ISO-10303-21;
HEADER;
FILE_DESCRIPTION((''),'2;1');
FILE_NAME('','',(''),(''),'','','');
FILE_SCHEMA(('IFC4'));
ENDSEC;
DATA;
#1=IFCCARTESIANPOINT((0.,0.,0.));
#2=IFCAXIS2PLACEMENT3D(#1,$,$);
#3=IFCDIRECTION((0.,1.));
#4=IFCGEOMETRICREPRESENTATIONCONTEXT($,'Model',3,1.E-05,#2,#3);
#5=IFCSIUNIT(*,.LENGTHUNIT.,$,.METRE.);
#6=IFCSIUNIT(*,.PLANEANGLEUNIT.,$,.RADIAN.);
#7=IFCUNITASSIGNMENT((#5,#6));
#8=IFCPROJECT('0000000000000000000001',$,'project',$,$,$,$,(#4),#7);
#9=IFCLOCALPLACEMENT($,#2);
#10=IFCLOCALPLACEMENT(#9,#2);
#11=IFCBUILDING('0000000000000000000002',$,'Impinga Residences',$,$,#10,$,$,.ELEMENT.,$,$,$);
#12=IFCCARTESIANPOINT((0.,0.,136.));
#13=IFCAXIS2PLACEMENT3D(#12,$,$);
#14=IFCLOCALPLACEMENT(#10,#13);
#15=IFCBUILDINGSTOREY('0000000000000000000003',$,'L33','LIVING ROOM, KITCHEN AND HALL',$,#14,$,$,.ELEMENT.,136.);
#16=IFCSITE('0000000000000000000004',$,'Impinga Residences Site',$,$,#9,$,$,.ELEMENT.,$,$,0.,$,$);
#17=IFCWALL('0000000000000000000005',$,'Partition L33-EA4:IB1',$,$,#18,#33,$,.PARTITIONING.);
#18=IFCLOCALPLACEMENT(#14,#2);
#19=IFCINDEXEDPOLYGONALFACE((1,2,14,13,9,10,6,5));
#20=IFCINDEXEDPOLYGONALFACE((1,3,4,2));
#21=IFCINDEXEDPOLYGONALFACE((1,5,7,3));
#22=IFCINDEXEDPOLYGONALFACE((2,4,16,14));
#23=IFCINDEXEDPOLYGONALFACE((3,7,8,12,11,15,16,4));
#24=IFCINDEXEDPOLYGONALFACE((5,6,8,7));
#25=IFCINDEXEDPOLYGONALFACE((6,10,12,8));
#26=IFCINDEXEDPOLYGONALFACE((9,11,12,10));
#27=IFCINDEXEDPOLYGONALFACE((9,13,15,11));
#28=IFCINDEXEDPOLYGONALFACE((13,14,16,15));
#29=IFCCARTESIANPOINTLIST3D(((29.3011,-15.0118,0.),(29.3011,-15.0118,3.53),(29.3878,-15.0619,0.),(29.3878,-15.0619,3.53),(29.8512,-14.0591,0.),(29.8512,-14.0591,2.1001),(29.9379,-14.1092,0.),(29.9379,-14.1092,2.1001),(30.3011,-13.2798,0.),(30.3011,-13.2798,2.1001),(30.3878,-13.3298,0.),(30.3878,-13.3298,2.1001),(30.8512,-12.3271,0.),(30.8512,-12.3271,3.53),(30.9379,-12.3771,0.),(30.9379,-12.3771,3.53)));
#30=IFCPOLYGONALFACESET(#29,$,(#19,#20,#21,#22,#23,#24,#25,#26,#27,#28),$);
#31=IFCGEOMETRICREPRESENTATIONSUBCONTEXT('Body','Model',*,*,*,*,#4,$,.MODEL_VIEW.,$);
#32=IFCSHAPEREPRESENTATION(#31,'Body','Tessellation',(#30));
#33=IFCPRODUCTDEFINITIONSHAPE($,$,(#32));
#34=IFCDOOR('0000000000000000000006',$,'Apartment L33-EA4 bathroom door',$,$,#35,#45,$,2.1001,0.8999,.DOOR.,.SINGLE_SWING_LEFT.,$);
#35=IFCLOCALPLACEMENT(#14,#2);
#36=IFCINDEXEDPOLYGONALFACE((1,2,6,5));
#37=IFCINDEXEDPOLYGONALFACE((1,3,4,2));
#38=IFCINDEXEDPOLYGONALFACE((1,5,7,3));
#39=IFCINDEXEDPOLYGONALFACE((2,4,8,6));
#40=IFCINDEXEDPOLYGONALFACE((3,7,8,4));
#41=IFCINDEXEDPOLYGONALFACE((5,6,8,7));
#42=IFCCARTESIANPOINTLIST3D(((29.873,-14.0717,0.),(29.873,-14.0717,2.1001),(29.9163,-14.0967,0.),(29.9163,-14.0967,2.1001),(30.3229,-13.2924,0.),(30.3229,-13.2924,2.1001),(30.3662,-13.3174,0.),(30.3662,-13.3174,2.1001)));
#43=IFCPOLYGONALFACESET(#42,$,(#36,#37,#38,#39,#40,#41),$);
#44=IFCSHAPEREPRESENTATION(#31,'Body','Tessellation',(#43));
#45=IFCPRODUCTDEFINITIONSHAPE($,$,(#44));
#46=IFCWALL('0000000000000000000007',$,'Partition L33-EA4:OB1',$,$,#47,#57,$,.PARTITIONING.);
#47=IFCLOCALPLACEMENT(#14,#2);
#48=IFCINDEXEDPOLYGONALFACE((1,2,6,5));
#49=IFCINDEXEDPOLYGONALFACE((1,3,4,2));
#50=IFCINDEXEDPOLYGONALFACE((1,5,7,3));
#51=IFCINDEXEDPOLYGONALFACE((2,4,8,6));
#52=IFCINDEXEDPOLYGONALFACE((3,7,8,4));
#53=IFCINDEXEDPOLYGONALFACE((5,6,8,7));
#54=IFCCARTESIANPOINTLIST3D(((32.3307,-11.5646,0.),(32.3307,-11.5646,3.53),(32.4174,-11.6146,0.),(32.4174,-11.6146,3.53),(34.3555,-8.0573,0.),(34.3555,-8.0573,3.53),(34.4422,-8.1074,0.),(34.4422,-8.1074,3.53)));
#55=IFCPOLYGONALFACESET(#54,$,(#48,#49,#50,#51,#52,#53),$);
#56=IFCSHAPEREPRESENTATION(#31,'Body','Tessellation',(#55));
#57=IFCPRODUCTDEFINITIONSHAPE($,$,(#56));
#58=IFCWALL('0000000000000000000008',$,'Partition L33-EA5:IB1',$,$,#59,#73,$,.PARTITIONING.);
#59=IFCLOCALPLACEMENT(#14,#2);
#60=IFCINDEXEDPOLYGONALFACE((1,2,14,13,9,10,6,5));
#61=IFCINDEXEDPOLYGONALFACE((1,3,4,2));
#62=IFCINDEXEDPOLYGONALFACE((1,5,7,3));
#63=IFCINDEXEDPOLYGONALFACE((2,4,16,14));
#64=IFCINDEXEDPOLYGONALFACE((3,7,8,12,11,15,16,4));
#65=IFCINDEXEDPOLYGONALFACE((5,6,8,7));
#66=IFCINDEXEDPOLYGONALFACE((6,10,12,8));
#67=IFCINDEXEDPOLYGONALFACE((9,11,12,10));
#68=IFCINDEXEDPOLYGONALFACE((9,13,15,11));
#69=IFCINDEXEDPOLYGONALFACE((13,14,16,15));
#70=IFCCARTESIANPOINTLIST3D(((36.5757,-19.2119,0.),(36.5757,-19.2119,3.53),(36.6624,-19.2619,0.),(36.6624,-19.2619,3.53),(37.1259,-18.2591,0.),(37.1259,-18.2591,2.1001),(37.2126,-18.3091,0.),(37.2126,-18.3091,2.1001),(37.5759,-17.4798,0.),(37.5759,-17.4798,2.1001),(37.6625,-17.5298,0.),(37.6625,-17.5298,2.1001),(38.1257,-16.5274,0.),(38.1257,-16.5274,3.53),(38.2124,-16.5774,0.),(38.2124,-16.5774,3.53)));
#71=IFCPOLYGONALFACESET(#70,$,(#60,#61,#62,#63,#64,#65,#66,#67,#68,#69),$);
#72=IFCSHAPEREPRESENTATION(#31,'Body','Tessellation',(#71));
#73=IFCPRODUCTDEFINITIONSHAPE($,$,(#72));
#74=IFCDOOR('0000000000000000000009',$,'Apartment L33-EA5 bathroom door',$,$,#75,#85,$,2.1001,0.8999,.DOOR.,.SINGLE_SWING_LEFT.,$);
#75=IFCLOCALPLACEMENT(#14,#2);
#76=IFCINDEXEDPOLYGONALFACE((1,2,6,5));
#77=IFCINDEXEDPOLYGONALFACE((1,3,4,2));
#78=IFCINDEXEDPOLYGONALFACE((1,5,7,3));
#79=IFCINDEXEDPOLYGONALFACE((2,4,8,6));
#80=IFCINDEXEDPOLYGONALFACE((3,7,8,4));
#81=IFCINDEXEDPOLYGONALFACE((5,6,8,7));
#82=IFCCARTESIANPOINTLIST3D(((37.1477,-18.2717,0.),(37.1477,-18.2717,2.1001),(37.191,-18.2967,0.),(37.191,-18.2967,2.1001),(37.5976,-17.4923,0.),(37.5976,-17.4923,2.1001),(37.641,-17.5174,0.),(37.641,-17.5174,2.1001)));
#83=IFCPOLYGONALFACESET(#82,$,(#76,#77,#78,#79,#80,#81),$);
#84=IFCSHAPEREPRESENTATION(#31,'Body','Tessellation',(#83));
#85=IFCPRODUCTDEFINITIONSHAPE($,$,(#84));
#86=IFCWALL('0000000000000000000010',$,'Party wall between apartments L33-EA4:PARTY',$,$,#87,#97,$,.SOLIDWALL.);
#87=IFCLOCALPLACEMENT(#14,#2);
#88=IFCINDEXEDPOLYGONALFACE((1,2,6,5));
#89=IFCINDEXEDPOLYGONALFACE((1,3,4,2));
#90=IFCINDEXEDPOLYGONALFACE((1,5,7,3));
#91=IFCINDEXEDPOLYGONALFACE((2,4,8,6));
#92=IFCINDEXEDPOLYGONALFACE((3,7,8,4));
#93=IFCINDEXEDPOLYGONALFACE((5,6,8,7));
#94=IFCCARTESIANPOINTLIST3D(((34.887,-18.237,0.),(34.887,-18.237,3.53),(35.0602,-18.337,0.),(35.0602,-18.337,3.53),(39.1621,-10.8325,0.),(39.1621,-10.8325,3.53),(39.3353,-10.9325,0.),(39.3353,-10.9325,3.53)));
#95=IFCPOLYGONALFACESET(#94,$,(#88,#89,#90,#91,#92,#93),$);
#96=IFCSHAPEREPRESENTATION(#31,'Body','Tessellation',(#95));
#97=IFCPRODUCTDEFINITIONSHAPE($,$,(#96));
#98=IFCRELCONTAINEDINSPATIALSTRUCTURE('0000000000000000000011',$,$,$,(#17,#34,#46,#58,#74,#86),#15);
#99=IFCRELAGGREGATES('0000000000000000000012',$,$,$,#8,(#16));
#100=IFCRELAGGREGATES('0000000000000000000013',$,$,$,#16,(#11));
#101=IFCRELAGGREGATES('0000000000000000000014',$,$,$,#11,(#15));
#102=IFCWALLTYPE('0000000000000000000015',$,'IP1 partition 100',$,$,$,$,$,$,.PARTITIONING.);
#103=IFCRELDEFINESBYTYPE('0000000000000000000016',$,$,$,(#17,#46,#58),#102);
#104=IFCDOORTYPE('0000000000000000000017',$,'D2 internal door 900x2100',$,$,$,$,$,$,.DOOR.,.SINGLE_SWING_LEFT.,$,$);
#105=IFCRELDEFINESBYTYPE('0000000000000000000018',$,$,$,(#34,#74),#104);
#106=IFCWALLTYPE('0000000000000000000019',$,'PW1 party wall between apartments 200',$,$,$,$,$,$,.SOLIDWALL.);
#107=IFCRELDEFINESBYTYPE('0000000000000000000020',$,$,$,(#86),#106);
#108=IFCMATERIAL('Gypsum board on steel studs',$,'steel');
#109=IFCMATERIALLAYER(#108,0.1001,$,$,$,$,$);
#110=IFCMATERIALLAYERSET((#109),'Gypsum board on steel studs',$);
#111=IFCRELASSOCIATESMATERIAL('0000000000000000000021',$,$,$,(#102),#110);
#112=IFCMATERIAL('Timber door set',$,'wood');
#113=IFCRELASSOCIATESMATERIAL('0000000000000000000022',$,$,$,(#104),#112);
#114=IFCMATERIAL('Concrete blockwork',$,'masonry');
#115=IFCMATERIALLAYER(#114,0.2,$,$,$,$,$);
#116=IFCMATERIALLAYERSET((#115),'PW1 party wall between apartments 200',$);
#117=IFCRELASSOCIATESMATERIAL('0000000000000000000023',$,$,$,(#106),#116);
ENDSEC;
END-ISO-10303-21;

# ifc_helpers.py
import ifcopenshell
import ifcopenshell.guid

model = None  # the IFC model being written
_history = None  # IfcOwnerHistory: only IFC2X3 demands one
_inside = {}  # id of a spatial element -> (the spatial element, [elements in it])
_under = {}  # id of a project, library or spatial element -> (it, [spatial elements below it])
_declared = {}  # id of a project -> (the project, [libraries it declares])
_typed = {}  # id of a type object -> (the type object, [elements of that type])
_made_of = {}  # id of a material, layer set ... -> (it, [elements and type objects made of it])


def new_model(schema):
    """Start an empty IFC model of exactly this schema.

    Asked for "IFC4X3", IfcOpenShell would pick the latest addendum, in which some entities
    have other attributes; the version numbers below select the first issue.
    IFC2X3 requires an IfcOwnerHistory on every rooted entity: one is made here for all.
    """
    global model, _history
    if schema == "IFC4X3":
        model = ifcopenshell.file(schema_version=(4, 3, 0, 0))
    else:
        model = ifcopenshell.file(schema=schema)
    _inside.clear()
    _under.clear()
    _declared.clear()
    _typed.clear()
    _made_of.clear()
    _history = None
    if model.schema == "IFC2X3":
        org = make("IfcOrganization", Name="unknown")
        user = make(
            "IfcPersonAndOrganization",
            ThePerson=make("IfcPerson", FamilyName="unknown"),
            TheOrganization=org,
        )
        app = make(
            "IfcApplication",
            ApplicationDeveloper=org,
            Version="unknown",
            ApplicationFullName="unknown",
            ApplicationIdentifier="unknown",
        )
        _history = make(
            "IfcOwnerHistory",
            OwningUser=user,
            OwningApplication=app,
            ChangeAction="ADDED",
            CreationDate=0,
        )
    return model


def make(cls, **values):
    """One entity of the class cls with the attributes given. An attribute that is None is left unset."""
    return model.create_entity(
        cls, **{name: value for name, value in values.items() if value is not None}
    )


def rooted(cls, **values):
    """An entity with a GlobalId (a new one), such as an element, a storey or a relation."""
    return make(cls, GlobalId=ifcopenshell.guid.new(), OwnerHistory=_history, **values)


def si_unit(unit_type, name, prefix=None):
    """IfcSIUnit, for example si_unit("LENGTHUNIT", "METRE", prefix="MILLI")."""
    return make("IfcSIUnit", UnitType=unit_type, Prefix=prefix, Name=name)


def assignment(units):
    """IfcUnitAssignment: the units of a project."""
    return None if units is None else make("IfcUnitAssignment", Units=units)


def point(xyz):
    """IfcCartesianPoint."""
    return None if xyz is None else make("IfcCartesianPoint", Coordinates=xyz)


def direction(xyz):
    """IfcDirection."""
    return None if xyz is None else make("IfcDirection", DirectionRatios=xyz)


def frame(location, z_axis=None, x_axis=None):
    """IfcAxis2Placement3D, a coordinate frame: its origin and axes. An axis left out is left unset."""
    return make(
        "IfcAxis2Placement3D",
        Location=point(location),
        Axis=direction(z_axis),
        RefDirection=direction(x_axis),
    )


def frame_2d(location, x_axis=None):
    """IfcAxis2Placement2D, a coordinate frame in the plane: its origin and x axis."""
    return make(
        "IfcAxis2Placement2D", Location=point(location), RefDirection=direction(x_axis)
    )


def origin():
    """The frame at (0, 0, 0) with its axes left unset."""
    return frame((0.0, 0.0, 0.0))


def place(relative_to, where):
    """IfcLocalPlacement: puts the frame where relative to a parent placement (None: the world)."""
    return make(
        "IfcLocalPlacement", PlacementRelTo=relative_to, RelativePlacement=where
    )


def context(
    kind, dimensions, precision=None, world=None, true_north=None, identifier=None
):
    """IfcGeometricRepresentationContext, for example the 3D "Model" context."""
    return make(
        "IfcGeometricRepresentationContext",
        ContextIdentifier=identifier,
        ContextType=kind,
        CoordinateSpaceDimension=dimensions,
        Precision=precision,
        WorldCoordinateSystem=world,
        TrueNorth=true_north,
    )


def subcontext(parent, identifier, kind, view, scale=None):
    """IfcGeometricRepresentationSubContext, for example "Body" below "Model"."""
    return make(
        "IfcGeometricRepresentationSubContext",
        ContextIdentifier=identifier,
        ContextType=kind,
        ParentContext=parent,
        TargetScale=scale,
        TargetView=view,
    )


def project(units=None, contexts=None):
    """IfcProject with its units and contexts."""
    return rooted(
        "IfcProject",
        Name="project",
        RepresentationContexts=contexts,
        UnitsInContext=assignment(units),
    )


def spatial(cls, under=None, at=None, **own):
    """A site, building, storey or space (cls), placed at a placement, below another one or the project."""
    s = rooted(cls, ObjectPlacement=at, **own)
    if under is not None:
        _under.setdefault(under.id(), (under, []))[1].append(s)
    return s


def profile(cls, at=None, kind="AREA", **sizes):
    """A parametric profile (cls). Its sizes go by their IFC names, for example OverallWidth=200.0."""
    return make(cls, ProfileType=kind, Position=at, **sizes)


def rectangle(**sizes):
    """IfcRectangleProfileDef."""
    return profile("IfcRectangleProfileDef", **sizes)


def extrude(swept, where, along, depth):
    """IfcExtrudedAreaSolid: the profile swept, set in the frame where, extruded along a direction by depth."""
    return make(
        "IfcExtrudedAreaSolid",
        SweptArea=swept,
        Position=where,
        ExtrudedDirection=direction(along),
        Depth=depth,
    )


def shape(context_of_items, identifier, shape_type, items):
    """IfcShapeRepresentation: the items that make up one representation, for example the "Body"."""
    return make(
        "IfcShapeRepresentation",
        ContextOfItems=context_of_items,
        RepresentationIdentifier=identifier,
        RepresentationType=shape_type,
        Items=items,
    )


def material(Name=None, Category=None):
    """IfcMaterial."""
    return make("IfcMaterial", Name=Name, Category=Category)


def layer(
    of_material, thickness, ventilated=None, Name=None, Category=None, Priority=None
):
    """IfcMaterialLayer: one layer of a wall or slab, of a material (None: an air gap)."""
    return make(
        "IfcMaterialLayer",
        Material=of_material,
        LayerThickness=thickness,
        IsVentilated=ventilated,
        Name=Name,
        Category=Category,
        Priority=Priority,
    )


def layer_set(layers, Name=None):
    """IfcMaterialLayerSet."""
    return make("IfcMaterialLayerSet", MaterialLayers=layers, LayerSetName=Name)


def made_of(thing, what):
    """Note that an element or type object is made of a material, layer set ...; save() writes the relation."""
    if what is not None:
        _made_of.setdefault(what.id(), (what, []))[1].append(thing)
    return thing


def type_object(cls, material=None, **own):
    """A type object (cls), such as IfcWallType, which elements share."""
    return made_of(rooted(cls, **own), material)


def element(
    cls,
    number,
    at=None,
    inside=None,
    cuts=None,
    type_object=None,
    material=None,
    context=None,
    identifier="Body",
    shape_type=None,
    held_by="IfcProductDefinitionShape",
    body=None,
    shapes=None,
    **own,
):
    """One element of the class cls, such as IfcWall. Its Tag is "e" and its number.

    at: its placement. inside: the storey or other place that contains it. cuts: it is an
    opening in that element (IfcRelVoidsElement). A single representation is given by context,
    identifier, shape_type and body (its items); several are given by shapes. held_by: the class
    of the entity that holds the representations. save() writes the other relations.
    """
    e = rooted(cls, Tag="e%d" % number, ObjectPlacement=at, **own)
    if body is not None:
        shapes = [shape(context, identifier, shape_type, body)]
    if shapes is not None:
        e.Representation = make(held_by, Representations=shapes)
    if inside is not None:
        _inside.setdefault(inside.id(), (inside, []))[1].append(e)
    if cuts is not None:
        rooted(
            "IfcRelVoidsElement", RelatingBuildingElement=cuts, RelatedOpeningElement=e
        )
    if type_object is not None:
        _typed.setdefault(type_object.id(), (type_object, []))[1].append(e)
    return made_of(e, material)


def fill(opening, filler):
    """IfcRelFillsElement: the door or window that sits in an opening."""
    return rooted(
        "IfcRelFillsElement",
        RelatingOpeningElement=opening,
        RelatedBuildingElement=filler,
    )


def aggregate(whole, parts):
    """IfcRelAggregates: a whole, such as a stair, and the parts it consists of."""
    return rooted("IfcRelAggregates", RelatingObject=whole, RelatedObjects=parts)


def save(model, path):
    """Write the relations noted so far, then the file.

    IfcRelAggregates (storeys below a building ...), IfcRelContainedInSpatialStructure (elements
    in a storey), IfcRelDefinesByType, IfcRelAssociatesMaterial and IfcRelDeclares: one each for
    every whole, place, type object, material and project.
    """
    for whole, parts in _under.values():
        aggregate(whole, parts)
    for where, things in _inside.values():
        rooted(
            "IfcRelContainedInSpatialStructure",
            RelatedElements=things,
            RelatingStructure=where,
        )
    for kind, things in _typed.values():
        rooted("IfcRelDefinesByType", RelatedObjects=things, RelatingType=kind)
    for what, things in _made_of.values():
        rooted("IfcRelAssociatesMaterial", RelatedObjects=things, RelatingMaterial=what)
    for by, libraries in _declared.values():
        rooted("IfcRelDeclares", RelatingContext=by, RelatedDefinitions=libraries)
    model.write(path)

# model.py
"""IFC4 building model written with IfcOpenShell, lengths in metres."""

from ifc_helpers import new_model, si_unit, direction, frame, frame_2d, origin, place, context, subcontext, project, spatial, rectangle, extrude, material, layer, layer_set, type_object, element, fill, save


model = new_model("IFC4")

# Units and contexts
model_context = context("Model", 3, precision=1e-05, world=origin(), true_north=direction((0.0, 1.0)))
body_context = subcontext(model_context, "Body", "Model", "MODEL_VIEW")
ifc_project = project(units=[si_unit("LENGTHUNIT", "METRE"), si_unit("PLANEANGLEUNIT", "RADIAN")], contexts=[model_context])

# Site, building, storey
site_placement = place(None, origin())
site = spatial("IfcSite", under=ifc_project, at=site_placement, Name="Impinga Residences Site", CompositionType="ELEMENT", RefElevation=0.0)
building_placement = place(site_placement, origin())
building = spatial("IfcBuilding", under=site, at=building_placement, Name="Impinga Residences", CompositionType="ELEMENT")
storey_placement = place(building_placement, frame((0.0, 0.0, 136.0)))
storey = spatial("IfcBuildingStorey", under=building, at=storey_placement, Name="L33", Description="LIVING ROOM, KITCHEN AND HALL", CompositionType="ELEMENT", Elevation=136.0)

# Shared definitions
ifc_material_1 = material(Name="Concrete blockwork", Category="masonry")
ifc_material_2 = material(Name="Timber door set", Category="wood")

# Shared definitions
ifc_material_3 = material(Name="Gypsum board on steel studs", Category="steel")
ifc_layer_1 = layer(ifc_material_3, 0.1001)
ifc_layer_set_1 = layer_set([ifc_layer_1], Name="Gypsum board on steel studs")
wall_type_1 = type_object("IfcWallType", Name="IP1 partition 100", PredefinedType="PARTITIONING", material=ifc_layer_set_1)

# Shared definitions
door_type_1 = type_object("IfcDoorType", Name="D2 internal door 900x2100", OperationType="SINGLE_SWING_LEFT", PredefinedType="DOOR", material=ifc_material_2)

# Wall, opening, door
wall_1_placement = place(storey_placement, frame((29.3445, -15.0369, 0.0), z_axis=(0.0, 0.0, 1.0), x_axis=(0.499993, 0.86603, 0.0)))
wall_1 = element("IfcWall", 1, at=wall_1_placement, inside=storey, type_object=wall_type_1, Name="Partition L33-EA4:IB1", PredefinedType="PARTITIONING", context=body_context, shape_type="SweptSolid", body=[
    extrude(rectangle(XDim=3.1001, YDim=0.1001, at=frame_2d((1.55, 0.0))), origin(), (0.0, 0.0, 1.0), 3.53),
])
opening_1_placement = place(wall_1_placement, frame((1.1001, 0.0, 0.0)))
opening_1 = element("IfcOpeningElement", 2, at=opening_1_placement, cuts=wall_1, PredefinedType="OPENING", context=body_context, shape_type="SweptSolid", body=[
    extrude(rectangle(XDim=0.8999, YDim=2.1001, at=frame_2d((0.45, 1.05))), frame((0.0, 0.0601, 0.0), z_axis=(0.0, -1.0, 0.0), x_axis=(1.0, 0.0, 0.0)), (0.0, 0.0, 1.0), 0.1201),
])
door_1_placement = place(opening_1_placement, origin())
door_1 = element("IfcDoor", 3, at=door_1_placement, inside=storey, type_object=door_type_1, Name="Apartment L33-EA4 bathroom door", OperationType="SINGLE_SWING_LEFT", OverallHeight=2.1001, OverallWidth=0.8999, PredefinedType="DOOR", context=body_context, shape_type="SweptSolid", body=[
    extrude(rectangle(XDim=0.8999, YDim=2.1001, at=frame_2d((0.45, 1.05))), frame((0.0, 0.0249, 0.0), z_axis=(0.0, -1.0, 0.0), x_axis=(1.0, 0.0, 0.0)), (0.0, 0.0, 1.0), 0.05),
])
fill(opening_1, door_1)

# Wall
wall_2_placement = place(storey_placement, frame((32.374, -11.5896, 0.0), z_axis=(0.0, 0.0, 1.0), x_axis=(0.49999, 0.866031, 0.0)))
element("IfcWall", 4, at=wall_2_placement, inside=storey, type_object=wall_type_1, Name="Partition L33-EA4:OB1", PredefinedType="PARTITIONING", context=body_context, shape_type="SweptSolid", body=[
    extrude(rectangle(XDim=4.0498, YDim=0.1001, at=frame_2d((2.0249, 0.0))), origin(), (0.0, 0.0, 1.0), 3.53),
])

# Wall, opening, door
wall_3_placement = place(storey_placement, frame((36.6191, -19.2368, 0.0), z_axis=(0.0, 0.0, 1.0), x_axis=(0.500027, 0.86601, 0.0)))
wall_3 = element("IfcWall", 5, at=wall_3_placement, inside=storey, type_object=wall_type_1, Name="Partition L33-EA5:IB1", PredefinedType="PARTITIONING", context=body_context, shape_type="SweptSolid", body=[
    extrude(rectangle(XDim=3.0999, YDim=0.1001, at=frame_2d((1.5498, 0.0))), origin(), (0.0, 0.0, 1.0), 3.53),
])
opening_2_placement = place(wall_3_placement, frame((1.1001, 0.0, 0.0)))
opening_2 = element("IfcOpeningElement", 6, at=opening_2_placement, cuts=wall_3, PredefinedType="OPENING", context=body_context, shape_type="SweptSolid", body=[
    extrude(rectangle(XDim=0.8999, YDim=2.1001, at=frame_2d((0.45, 1.05))), frame((0.0, 0.0601, 0.0), z_axis=(0.0, -1.0, 0.0), x_axis=(1.0, 0.0, 0.0)), (0.0, 0.0, 1.0), 0.1201),
])
door_2_placement = place(opening_2_placement, origin())
door_2 = element("IfcDoor", 7, at=door_2_placement, inside=storey, type_object=door_type_1, Name="Apartment L33-EA5 bathroom door", OperationType="SINGLE_SWING_LEFT", OverallHeight=2.1001, OverallWidth=0.8999, PredefinedType="DOOR", context=body_context, shape_type="SweptSolid", body=[
    extrude(rectangle(XDim=0.8999, YDim=2.1001, at=frame_2d((0.45, 1.05))), frame((0.0, 0.0249, 0.0), z_axis=(0.0, -1.0, 0.0), x_axis=(1.0, 0.0, 0.0)), (0.0, 0.0, 1.0), 0.05),
])
fill(opening_2, door_2)

# Wall
ifc_layer_2 = layer(ifc_material_1, 0.2)
ifc_layer_set_2 = layer_set([ifc_layer_2], Name="PW1 party wall between apartments 200")
wall_type_2 = type_object("IfcWallType", Name="PW1 party wall between apartments 200", PredefinedType="SOLIDWALL", material=ifc_layer_set_2)
wall_4_placement = place(storey_placement, frame((34.9736, -18.2869, 0.0), z_axis=(0.0, 0.0, 1.0), x_axis=(0.500012, 0.866019, 0.0)))
element("IfcWall", 8, at=wall_4_placement, inside=storey, type_object=wall_type_2, Name="Party wall between apartments L33-EA4:PARTY", PredefinedType="SOLIDWALL", context=body_context, shape_type="SweptSolid", body=[
    extrude(rectangle(XDim=8.55, YDim=0.2, at=frame_2d((4.2749, 0.0))), origin(), (0.0, 0.0, 1.0), 3.53),
])

save(model, "model.ifc")
